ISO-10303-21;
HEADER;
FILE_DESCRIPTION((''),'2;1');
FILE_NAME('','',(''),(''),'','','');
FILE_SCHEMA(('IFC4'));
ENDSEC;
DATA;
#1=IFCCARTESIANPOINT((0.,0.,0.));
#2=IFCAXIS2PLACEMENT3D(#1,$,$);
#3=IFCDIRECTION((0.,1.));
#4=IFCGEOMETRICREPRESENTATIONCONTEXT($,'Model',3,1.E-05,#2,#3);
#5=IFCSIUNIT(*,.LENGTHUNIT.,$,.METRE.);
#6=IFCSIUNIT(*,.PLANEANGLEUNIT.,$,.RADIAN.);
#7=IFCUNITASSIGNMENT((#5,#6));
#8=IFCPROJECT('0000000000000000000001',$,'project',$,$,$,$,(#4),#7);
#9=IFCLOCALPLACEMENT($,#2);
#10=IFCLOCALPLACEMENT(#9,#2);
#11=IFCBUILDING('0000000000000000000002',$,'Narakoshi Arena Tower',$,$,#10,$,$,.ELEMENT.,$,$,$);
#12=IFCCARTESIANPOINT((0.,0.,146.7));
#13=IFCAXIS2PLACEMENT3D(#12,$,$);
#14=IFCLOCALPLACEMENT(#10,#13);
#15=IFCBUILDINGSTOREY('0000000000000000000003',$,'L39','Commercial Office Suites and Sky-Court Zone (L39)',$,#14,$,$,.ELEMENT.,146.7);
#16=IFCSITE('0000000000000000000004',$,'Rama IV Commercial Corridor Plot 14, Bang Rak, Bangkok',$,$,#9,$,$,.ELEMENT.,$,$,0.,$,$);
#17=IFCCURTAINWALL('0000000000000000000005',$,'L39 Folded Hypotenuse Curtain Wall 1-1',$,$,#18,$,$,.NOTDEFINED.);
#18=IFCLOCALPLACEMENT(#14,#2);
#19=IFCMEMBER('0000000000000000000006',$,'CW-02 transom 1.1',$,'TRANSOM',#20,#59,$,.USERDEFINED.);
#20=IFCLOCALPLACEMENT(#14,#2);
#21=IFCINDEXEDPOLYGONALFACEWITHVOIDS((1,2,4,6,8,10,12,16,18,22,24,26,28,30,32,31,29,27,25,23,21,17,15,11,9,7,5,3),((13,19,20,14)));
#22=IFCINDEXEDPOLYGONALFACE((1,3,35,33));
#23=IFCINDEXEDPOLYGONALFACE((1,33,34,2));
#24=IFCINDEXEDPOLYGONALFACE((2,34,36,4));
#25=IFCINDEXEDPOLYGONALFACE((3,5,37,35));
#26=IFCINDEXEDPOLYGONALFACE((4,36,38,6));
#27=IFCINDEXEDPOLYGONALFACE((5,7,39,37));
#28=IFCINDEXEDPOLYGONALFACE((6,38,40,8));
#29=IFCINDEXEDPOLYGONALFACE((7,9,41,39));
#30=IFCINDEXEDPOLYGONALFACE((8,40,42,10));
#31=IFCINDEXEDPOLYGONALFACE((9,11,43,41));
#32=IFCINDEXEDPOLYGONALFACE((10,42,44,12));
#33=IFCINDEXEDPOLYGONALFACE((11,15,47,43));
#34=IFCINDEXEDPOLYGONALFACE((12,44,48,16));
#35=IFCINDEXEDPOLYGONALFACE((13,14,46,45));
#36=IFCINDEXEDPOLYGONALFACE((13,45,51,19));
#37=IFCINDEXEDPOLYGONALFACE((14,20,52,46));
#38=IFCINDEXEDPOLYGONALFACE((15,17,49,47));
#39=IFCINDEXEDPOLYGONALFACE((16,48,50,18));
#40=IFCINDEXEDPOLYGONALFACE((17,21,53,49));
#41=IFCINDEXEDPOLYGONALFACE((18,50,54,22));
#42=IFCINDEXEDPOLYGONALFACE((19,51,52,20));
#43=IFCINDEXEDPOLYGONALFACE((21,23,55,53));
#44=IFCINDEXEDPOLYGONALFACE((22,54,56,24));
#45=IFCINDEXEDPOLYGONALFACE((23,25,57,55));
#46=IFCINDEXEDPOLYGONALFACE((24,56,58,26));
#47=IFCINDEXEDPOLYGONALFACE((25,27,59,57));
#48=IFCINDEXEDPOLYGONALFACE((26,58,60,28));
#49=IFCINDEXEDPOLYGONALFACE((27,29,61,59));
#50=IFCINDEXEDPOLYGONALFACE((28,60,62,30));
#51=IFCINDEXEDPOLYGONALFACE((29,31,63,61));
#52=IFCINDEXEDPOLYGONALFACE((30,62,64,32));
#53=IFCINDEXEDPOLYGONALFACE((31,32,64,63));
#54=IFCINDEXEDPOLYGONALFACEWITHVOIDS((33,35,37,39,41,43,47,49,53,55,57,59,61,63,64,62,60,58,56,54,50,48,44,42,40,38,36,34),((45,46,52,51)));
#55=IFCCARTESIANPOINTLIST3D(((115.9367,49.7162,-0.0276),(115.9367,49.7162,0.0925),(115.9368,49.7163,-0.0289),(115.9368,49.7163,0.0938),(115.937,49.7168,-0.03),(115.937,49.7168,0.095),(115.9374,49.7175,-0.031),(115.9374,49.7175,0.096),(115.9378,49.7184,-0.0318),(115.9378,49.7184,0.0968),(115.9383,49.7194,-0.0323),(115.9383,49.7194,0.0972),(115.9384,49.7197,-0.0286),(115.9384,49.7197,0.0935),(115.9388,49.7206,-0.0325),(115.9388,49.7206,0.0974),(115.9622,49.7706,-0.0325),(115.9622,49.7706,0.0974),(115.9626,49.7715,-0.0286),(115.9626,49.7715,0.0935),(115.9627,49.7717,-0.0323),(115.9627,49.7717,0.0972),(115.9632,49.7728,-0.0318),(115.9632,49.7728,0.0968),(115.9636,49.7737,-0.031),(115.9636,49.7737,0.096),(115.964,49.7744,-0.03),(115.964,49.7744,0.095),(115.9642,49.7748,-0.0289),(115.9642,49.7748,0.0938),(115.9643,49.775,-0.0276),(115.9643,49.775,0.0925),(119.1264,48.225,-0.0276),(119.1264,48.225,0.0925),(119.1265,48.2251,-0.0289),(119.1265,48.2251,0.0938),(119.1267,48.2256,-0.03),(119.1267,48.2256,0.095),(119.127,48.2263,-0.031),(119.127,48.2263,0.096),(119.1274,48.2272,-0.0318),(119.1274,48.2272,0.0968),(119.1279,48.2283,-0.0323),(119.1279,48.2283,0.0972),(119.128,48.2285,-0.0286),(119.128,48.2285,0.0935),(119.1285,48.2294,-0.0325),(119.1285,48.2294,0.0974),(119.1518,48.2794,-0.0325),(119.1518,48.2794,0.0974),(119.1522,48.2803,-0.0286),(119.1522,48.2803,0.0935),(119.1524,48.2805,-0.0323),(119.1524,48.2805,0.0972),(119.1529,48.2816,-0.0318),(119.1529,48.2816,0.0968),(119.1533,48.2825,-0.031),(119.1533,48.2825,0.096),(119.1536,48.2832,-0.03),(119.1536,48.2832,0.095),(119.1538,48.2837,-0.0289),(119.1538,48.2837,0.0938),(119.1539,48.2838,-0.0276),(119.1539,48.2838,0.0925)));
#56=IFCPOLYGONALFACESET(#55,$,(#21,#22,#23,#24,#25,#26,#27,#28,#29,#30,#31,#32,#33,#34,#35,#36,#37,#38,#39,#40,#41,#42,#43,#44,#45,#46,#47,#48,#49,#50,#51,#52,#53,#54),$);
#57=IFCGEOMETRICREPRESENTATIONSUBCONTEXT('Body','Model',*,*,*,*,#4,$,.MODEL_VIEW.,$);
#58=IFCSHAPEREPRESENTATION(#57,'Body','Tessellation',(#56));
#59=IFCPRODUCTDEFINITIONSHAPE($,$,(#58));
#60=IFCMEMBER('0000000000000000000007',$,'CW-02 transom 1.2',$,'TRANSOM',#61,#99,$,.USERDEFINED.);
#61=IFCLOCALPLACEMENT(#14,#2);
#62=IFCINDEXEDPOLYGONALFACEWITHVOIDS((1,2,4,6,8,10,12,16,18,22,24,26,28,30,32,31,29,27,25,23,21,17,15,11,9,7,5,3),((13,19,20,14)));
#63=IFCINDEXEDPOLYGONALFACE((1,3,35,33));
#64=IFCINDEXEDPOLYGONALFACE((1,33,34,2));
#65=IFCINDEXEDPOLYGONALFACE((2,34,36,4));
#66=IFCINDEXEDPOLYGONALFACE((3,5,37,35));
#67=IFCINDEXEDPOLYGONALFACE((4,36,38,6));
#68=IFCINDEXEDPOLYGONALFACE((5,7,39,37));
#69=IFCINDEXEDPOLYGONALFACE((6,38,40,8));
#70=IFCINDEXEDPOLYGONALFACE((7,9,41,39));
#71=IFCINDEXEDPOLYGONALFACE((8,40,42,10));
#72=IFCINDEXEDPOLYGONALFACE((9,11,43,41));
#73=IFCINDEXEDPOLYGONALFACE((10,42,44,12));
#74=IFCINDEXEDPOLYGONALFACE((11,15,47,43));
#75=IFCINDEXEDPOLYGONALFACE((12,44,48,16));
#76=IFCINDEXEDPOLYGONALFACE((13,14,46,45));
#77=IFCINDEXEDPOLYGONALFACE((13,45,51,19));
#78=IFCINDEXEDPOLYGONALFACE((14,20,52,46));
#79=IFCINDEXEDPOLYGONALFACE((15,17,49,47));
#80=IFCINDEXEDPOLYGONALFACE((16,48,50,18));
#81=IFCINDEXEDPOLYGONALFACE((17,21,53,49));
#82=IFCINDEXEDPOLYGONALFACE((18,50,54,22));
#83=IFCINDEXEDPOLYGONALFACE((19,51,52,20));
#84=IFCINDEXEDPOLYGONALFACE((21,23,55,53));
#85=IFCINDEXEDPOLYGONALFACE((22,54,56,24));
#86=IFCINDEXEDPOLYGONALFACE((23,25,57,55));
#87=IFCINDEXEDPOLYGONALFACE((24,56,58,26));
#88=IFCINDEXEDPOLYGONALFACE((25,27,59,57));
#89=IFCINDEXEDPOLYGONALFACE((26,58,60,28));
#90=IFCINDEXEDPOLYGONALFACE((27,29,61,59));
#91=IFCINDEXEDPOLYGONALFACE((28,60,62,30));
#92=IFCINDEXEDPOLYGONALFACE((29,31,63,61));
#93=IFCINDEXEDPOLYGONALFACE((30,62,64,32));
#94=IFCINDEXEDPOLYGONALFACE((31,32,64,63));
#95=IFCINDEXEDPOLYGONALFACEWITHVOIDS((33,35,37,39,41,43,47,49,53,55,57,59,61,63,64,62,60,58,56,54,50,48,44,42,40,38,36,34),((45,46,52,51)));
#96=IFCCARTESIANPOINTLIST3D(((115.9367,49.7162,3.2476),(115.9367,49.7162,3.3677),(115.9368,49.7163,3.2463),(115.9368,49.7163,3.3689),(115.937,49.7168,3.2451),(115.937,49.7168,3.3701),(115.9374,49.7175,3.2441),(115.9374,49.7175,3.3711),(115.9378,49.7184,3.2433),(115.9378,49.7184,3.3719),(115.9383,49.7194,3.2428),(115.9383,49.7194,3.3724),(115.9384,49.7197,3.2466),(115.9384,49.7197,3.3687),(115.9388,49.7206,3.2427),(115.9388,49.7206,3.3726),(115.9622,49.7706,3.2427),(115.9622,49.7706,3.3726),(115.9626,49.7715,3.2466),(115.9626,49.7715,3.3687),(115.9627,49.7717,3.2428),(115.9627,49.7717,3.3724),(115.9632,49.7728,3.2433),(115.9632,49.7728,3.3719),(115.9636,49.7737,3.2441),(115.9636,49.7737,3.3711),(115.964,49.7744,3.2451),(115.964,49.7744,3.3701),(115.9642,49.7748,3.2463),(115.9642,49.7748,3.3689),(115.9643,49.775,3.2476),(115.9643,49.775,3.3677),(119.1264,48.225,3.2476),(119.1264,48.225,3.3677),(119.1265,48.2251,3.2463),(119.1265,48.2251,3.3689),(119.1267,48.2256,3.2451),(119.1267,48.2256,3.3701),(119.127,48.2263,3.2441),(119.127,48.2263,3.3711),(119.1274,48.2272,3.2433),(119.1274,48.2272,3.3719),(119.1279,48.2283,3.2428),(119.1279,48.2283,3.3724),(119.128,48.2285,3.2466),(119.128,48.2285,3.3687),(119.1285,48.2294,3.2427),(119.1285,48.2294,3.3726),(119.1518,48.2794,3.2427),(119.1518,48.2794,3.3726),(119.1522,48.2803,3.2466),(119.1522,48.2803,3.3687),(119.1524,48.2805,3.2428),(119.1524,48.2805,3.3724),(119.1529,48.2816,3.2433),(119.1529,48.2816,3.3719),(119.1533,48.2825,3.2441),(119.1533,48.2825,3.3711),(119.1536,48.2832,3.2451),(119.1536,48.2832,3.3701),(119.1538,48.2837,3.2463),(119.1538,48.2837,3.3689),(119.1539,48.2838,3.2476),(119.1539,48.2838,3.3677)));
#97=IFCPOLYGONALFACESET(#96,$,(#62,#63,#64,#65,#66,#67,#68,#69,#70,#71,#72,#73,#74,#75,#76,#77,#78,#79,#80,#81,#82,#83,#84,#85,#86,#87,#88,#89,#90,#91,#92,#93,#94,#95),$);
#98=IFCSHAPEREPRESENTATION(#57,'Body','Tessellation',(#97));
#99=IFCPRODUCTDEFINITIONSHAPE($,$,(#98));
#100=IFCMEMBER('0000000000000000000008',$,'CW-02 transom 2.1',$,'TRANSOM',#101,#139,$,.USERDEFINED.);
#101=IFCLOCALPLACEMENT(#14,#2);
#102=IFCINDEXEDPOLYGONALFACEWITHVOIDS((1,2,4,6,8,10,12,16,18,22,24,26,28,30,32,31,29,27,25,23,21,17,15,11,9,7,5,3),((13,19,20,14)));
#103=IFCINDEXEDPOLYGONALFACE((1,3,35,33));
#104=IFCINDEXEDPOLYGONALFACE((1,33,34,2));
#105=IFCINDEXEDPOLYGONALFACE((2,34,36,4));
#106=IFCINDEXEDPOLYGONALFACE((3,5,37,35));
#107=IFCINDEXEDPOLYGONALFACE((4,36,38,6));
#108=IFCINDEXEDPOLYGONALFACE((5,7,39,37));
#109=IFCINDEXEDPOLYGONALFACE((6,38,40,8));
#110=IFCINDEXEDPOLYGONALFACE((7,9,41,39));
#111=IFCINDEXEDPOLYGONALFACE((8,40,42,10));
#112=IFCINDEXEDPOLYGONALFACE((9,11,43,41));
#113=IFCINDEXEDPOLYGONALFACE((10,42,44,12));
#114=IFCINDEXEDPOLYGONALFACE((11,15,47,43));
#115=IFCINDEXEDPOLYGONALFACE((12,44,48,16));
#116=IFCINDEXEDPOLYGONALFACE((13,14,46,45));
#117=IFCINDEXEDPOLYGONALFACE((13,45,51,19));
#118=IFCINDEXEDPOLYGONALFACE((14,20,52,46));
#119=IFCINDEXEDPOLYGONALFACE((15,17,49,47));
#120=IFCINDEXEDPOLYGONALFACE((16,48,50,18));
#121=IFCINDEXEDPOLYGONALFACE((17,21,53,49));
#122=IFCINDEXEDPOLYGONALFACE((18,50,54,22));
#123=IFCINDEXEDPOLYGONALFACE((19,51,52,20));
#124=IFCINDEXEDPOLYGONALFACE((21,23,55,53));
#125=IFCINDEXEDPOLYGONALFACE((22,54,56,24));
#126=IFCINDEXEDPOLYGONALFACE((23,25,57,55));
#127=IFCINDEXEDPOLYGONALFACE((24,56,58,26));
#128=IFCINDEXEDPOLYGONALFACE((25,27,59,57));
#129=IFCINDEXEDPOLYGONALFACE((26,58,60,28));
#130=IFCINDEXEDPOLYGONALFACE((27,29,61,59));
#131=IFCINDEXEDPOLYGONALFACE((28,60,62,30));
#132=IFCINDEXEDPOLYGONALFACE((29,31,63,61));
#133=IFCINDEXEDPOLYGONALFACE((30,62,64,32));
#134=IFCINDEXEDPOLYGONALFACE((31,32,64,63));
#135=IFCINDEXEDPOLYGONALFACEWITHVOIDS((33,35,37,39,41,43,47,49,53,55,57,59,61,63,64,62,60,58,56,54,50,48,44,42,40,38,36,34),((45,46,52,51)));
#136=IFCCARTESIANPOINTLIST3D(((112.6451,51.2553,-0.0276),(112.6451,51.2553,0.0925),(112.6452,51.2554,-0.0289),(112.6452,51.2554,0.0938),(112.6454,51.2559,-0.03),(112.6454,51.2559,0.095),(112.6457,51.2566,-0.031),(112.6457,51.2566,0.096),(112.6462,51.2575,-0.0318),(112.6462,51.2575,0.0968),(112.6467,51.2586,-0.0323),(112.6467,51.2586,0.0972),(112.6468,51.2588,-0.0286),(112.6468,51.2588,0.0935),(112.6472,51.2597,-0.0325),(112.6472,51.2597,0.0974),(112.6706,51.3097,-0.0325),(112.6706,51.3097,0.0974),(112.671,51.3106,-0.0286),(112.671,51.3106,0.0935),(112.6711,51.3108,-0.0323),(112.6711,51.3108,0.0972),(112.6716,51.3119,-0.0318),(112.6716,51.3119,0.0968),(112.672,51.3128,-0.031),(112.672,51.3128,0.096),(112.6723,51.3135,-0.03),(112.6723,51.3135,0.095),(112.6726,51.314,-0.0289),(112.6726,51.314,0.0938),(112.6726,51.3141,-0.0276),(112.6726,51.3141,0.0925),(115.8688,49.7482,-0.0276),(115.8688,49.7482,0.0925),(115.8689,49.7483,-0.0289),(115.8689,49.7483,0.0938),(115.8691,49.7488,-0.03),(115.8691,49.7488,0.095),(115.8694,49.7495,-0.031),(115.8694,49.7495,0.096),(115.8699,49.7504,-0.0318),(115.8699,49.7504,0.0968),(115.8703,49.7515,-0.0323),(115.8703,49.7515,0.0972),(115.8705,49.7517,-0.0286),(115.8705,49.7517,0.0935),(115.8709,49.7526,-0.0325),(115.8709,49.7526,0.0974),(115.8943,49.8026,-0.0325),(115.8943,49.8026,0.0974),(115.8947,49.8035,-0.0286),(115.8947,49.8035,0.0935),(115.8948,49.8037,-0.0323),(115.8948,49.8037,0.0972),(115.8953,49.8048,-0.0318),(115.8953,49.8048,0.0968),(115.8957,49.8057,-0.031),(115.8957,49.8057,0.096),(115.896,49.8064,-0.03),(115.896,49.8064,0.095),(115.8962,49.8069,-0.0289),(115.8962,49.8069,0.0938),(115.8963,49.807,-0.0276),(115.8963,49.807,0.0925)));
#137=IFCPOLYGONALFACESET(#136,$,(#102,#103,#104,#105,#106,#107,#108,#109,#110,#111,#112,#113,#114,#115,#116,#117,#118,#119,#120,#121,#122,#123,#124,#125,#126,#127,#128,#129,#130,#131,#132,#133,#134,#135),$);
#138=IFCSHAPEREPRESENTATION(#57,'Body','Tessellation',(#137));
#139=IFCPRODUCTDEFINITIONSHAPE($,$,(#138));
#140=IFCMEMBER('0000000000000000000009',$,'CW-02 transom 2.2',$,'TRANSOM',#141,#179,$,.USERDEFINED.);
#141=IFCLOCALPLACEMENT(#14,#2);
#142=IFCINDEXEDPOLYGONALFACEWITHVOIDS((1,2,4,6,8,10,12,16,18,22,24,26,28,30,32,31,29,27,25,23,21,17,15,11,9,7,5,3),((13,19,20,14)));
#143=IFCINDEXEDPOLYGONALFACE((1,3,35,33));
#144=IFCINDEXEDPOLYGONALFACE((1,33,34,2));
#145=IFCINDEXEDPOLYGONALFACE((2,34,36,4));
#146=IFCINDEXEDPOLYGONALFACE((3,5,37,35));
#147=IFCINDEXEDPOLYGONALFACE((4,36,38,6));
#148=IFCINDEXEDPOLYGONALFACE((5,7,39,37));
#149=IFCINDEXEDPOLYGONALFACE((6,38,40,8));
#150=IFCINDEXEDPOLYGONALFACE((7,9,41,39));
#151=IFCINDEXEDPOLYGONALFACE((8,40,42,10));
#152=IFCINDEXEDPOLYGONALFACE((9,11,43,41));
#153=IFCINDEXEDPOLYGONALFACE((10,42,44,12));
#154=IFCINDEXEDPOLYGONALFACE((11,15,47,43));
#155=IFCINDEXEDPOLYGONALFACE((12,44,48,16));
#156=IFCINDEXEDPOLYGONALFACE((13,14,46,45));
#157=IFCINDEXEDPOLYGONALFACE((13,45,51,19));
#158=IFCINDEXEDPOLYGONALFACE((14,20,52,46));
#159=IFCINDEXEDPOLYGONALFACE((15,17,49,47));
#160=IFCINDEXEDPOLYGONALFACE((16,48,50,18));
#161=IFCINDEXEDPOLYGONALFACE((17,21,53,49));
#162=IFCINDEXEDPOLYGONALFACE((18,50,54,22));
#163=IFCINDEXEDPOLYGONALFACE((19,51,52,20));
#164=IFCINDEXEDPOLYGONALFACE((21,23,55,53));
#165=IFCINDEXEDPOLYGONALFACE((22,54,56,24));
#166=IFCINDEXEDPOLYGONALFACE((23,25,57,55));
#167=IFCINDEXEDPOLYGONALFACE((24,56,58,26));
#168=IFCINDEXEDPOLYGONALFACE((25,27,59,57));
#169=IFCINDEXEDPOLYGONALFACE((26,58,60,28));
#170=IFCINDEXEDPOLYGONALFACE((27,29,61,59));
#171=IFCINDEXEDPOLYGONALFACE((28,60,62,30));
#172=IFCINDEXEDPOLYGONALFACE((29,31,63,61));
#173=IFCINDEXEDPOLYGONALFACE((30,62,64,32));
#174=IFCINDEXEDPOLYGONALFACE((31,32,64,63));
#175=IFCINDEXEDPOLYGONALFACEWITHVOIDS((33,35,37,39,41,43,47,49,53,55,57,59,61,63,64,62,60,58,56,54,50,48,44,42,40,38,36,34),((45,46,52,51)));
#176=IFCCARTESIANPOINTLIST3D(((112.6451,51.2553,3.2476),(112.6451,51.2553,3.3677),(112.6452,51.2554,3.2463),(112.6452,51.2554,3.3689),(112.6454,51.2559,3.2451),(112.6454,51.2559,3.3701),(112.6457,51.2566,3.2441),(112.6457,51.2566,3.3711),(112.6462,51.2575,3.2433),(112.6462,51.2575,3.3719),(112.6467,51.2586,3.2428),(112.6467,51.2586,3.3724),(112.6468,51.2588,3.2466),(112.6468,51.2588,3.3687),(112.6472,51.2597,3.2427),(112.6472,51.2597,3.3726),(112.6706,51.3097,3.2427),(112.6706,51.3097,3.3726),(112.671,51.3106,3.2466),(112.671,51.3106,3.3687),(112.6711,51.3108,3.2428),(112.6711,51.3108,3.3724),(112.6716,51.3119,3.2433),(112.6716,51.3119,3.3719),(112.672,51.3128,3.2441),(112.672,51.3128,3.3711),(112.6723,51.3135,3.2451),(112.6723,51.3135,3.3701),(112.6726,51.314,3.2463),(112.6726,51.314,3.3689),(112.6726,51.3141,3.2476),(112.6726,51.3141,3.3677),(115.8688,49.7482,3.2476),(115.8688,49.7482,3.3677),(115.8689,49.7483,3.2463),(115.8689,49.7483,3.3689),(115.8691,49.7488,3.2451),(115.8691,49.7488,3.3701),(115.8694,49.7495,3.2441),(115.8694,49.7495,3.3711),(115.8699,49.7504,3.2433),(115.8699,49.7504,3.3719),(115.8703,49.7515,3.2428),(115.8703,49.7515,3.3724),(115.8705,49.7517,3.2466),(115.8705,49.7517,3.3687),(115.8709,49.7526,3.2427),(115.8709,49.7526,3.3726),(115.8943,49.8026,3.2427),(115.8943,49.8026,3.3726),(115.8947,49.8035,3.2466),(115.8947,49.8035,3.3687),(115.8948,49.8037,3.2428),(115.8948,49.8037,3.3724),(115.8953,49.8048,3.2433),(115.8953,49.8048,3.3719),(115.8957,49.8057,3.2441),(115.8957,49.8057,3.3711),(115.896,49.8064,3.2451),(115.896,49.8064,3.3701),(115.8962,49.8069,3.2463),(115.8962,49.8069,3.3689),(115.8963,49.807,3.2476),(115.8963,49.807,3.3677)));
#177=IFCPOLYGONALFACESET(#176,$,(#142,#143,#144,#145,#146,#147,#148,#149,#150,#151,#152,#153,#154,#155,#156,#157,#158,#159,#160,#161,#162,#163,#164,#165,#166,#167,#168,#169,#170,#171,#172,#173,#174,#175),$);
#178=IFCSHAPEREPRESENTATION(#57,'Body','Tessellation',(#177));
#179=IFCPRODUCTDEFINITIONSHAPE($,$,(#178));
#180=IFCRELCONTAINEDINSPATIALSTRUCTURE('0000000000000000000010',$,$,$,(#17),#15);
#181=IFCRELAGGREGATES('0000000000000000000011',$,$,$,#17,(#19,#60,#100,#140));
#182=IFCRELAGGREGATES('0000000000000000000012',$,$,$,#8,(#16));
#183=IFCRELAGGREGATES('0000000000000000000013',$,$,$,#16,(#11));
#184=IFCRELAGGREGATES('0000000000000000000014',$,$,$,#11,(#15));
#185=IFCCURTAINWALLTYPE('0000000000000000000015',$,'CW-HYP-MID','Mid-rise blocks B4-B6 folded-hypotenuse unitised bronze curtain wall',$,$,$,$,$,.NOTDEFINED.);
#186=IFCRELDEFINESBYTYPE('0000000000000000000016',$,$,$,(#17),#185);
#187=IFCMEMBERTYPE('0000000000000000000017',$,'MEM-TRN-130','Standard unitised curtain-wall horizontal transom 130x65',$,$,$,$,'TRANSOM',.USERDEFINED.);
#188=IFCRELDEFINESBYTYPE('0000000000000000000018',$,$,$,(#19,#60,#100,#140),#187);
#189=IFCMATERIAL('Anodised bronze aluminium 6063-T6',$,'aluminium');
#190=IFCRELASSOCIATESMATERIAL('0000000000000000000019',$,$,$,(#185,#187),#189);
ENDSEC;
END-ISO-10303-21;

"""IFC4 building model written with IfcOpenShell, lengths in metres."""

from ifc_helpers import new_model, si_unit, direction, frame, origin, origin_2d, place, context, subcontext, project, spatial, hollow_rectangle, extrude, material, material_profile, profile_set, type_object, element, aggregate, save


model = new_model("IFC4")

# Units and contexts
model_context = context("Model", 3, precision=1e-05, world=origin(), true_north=direction((0.0, 1.0)))
body_context = subcontext(model_context, "Body", "Model", "MODEL_VIEW")
ifc_project = project(units=[si_unit("LENGTHUNIT", "METRE"), si_unit("PLANEANGLEUNIT", "RADIAN")], contexts=[model_context])

# Site, building, storey
site_placement = place(None, origin())
site = spatial("IfcSite", under=ifc_project, at=site_placement, Name="Rama IV Commercial Corridor Plot 14, Bang Rak, Bangkok", CompositionType="ELEMENT", RefElevation=0.0)
building_placement = place(site_placement, origin())
building = spatial("IfcBuilding", under=site, at=building_placement, Name="Narakoshi Arena Tower", CompositionType="ELEMENT")
storey_placement = place(building_placement, frame((0.0, 0.0, 146.7)))
storey = spatial("IfcBuildingStorey", under=building, at=storey_placement, Name="L39", Description="Commercial Office Suites and Sky-Court Zone (L39)", CompositionType="ELEMENT", Elevation=146.7)

# Curtain wall, members
ifc_material_1 = material(Name="Anodised bronze aluminium 6063-T6", Category="aluminium")
curtain_wall_type = type_object("IfcCurtainWallType", Name="CW-HYP-MID", Description="Mid-rise blocks B4-B6 folded-hypotenuse unitised bronze curtain wall", PredefinedType="NOTDEFINED", material=ifc_material_1)
curtain_wall_placement = place(storey_placement, origin())
curtain_wall = element("IfcCurtainWall", 1, at=curtain_wall_placement, inside=storey, type_object=curtain_wall_type, Name="L39 Folded Hypotenuse Curtain Wall 1-1", PredefinedType="NOTDEFINED")
ifc_material_profile_1 = material_profile(ifc_material_1, hollow_rectangle(XDim=0.0649, YDim=0.1299, WallThickness=0.0039, OuterFilletRadius=0.0049, at=origin_2d()), Name="TRN130x65x4")
ifc_profile_set_1 = profile_set([ifc_material_profile_1], Name="Anodised bronze aluminium 6063-T6")
member_type_1 = type_object("IfcMemberType", Name="MEM-TRN-130", Description="Standard unitised curtain-wall horizontal transom 130x65", ElementType="TRANSOM", PredefinedType="USERDEFINED", material=ifc_profile_set_1)
member_1_placement = place(storey_placement, frame((119.1401, 48.2544, 0.0325), z_axis=(-0.905891, 0.423512, 0.0), x_axis=(-0.423512, -0.905891, 0.0)))
member_1 = element("IfcMember", 2, at=member_1_placement, type_object=member_type_1, Name="CW-02 transom 1.1", ObjectType="TRANSOM", PredefinedType="USERDEFINED", context=body_context, shape_type="SweptSolid", body=[
    extrude(hollow_rectangle(XDim=0.0649, YDim=0.1299, WallThickness=0.0039, OuterFilletRadius=0.0049, at=origin_2d()), origin(), (0.0, 0.0, 1.0), 3.521),
])
member_2_placement = place(storey_placement, frame((119.1401, 48.2544, 3.3076), z_axis=(-0.905891, 0.423512, 0.0), x_axis=(-0.423512, -0.905891, 0.0)))
member_2 = element("IfcMember", 3, at=member_2_placement, type_object=member_type_1, Name="CW-02 transom 1.2", ObjectType="TRANSOM", PredefinedType="USERDEFINED", context=body_context, shape_type="SweptSolid", body=[
    extrude(hollow_rectangle(XDim=0.0649, YDim=0.1299, WallThickness=0.0039, OuterFilletRadius=0.0049, at=origin_2d()), origin(), (0.0, 0.0, 1.0), 3.521),
])
member_3_placement = place(storey_placement, frame((115.8826, 49.7776, 0.0325), z_axis=(-0.90589, 0.423513, 0.0), x_axis=(-0.423513, -0.90589, 0.0)))
member_3 = element("IfcMember", 4, at=member_3_placement, type_object=member_type_1, Name="CW-02 transom 2.1", ObjectType="TRANSOM", PredefinedType="USERDEFINED", context=body_context, shape_type="SweptSolid", body=[
    extrude(hollow_rectangle(XDim=0.0649, YDim=0.1299, WallThickness=0.0039, OuterFilletRadius=0.0049, at=origin_2d()), origin(), (0.0, 0.0, 1.0), 3.5586),
])
member_4_placement = place(storey_placement, frame((115.8826, 49.7776, 3.3076), z_axis=(-0.90589, 0.423513, 0.0), x_axis=(-0.423513, -0.90589, 0.0)))
member_4 = element("IfcMember", 5, at=member_4_placement, type_object=member_type_1, Name="CW-02 transom 2.2", ObjectType="TRANSOM", PredefinedType="USERDEFINED", context=body_context, shape_type="SweptSolid", body=[
    extrude(hollow_rectangle(XDim=0.0649, YDim=0.1299, WallThickness=0.0039, OuterFilletRadius=0.0049, at=origin_2d()), origin(), (0.0, 0.0, 1.0), 3.5586),
])
aggregate(curtain_wall, [member_1, member_2, member_3, member_4])

save(model, "model.ifc")
